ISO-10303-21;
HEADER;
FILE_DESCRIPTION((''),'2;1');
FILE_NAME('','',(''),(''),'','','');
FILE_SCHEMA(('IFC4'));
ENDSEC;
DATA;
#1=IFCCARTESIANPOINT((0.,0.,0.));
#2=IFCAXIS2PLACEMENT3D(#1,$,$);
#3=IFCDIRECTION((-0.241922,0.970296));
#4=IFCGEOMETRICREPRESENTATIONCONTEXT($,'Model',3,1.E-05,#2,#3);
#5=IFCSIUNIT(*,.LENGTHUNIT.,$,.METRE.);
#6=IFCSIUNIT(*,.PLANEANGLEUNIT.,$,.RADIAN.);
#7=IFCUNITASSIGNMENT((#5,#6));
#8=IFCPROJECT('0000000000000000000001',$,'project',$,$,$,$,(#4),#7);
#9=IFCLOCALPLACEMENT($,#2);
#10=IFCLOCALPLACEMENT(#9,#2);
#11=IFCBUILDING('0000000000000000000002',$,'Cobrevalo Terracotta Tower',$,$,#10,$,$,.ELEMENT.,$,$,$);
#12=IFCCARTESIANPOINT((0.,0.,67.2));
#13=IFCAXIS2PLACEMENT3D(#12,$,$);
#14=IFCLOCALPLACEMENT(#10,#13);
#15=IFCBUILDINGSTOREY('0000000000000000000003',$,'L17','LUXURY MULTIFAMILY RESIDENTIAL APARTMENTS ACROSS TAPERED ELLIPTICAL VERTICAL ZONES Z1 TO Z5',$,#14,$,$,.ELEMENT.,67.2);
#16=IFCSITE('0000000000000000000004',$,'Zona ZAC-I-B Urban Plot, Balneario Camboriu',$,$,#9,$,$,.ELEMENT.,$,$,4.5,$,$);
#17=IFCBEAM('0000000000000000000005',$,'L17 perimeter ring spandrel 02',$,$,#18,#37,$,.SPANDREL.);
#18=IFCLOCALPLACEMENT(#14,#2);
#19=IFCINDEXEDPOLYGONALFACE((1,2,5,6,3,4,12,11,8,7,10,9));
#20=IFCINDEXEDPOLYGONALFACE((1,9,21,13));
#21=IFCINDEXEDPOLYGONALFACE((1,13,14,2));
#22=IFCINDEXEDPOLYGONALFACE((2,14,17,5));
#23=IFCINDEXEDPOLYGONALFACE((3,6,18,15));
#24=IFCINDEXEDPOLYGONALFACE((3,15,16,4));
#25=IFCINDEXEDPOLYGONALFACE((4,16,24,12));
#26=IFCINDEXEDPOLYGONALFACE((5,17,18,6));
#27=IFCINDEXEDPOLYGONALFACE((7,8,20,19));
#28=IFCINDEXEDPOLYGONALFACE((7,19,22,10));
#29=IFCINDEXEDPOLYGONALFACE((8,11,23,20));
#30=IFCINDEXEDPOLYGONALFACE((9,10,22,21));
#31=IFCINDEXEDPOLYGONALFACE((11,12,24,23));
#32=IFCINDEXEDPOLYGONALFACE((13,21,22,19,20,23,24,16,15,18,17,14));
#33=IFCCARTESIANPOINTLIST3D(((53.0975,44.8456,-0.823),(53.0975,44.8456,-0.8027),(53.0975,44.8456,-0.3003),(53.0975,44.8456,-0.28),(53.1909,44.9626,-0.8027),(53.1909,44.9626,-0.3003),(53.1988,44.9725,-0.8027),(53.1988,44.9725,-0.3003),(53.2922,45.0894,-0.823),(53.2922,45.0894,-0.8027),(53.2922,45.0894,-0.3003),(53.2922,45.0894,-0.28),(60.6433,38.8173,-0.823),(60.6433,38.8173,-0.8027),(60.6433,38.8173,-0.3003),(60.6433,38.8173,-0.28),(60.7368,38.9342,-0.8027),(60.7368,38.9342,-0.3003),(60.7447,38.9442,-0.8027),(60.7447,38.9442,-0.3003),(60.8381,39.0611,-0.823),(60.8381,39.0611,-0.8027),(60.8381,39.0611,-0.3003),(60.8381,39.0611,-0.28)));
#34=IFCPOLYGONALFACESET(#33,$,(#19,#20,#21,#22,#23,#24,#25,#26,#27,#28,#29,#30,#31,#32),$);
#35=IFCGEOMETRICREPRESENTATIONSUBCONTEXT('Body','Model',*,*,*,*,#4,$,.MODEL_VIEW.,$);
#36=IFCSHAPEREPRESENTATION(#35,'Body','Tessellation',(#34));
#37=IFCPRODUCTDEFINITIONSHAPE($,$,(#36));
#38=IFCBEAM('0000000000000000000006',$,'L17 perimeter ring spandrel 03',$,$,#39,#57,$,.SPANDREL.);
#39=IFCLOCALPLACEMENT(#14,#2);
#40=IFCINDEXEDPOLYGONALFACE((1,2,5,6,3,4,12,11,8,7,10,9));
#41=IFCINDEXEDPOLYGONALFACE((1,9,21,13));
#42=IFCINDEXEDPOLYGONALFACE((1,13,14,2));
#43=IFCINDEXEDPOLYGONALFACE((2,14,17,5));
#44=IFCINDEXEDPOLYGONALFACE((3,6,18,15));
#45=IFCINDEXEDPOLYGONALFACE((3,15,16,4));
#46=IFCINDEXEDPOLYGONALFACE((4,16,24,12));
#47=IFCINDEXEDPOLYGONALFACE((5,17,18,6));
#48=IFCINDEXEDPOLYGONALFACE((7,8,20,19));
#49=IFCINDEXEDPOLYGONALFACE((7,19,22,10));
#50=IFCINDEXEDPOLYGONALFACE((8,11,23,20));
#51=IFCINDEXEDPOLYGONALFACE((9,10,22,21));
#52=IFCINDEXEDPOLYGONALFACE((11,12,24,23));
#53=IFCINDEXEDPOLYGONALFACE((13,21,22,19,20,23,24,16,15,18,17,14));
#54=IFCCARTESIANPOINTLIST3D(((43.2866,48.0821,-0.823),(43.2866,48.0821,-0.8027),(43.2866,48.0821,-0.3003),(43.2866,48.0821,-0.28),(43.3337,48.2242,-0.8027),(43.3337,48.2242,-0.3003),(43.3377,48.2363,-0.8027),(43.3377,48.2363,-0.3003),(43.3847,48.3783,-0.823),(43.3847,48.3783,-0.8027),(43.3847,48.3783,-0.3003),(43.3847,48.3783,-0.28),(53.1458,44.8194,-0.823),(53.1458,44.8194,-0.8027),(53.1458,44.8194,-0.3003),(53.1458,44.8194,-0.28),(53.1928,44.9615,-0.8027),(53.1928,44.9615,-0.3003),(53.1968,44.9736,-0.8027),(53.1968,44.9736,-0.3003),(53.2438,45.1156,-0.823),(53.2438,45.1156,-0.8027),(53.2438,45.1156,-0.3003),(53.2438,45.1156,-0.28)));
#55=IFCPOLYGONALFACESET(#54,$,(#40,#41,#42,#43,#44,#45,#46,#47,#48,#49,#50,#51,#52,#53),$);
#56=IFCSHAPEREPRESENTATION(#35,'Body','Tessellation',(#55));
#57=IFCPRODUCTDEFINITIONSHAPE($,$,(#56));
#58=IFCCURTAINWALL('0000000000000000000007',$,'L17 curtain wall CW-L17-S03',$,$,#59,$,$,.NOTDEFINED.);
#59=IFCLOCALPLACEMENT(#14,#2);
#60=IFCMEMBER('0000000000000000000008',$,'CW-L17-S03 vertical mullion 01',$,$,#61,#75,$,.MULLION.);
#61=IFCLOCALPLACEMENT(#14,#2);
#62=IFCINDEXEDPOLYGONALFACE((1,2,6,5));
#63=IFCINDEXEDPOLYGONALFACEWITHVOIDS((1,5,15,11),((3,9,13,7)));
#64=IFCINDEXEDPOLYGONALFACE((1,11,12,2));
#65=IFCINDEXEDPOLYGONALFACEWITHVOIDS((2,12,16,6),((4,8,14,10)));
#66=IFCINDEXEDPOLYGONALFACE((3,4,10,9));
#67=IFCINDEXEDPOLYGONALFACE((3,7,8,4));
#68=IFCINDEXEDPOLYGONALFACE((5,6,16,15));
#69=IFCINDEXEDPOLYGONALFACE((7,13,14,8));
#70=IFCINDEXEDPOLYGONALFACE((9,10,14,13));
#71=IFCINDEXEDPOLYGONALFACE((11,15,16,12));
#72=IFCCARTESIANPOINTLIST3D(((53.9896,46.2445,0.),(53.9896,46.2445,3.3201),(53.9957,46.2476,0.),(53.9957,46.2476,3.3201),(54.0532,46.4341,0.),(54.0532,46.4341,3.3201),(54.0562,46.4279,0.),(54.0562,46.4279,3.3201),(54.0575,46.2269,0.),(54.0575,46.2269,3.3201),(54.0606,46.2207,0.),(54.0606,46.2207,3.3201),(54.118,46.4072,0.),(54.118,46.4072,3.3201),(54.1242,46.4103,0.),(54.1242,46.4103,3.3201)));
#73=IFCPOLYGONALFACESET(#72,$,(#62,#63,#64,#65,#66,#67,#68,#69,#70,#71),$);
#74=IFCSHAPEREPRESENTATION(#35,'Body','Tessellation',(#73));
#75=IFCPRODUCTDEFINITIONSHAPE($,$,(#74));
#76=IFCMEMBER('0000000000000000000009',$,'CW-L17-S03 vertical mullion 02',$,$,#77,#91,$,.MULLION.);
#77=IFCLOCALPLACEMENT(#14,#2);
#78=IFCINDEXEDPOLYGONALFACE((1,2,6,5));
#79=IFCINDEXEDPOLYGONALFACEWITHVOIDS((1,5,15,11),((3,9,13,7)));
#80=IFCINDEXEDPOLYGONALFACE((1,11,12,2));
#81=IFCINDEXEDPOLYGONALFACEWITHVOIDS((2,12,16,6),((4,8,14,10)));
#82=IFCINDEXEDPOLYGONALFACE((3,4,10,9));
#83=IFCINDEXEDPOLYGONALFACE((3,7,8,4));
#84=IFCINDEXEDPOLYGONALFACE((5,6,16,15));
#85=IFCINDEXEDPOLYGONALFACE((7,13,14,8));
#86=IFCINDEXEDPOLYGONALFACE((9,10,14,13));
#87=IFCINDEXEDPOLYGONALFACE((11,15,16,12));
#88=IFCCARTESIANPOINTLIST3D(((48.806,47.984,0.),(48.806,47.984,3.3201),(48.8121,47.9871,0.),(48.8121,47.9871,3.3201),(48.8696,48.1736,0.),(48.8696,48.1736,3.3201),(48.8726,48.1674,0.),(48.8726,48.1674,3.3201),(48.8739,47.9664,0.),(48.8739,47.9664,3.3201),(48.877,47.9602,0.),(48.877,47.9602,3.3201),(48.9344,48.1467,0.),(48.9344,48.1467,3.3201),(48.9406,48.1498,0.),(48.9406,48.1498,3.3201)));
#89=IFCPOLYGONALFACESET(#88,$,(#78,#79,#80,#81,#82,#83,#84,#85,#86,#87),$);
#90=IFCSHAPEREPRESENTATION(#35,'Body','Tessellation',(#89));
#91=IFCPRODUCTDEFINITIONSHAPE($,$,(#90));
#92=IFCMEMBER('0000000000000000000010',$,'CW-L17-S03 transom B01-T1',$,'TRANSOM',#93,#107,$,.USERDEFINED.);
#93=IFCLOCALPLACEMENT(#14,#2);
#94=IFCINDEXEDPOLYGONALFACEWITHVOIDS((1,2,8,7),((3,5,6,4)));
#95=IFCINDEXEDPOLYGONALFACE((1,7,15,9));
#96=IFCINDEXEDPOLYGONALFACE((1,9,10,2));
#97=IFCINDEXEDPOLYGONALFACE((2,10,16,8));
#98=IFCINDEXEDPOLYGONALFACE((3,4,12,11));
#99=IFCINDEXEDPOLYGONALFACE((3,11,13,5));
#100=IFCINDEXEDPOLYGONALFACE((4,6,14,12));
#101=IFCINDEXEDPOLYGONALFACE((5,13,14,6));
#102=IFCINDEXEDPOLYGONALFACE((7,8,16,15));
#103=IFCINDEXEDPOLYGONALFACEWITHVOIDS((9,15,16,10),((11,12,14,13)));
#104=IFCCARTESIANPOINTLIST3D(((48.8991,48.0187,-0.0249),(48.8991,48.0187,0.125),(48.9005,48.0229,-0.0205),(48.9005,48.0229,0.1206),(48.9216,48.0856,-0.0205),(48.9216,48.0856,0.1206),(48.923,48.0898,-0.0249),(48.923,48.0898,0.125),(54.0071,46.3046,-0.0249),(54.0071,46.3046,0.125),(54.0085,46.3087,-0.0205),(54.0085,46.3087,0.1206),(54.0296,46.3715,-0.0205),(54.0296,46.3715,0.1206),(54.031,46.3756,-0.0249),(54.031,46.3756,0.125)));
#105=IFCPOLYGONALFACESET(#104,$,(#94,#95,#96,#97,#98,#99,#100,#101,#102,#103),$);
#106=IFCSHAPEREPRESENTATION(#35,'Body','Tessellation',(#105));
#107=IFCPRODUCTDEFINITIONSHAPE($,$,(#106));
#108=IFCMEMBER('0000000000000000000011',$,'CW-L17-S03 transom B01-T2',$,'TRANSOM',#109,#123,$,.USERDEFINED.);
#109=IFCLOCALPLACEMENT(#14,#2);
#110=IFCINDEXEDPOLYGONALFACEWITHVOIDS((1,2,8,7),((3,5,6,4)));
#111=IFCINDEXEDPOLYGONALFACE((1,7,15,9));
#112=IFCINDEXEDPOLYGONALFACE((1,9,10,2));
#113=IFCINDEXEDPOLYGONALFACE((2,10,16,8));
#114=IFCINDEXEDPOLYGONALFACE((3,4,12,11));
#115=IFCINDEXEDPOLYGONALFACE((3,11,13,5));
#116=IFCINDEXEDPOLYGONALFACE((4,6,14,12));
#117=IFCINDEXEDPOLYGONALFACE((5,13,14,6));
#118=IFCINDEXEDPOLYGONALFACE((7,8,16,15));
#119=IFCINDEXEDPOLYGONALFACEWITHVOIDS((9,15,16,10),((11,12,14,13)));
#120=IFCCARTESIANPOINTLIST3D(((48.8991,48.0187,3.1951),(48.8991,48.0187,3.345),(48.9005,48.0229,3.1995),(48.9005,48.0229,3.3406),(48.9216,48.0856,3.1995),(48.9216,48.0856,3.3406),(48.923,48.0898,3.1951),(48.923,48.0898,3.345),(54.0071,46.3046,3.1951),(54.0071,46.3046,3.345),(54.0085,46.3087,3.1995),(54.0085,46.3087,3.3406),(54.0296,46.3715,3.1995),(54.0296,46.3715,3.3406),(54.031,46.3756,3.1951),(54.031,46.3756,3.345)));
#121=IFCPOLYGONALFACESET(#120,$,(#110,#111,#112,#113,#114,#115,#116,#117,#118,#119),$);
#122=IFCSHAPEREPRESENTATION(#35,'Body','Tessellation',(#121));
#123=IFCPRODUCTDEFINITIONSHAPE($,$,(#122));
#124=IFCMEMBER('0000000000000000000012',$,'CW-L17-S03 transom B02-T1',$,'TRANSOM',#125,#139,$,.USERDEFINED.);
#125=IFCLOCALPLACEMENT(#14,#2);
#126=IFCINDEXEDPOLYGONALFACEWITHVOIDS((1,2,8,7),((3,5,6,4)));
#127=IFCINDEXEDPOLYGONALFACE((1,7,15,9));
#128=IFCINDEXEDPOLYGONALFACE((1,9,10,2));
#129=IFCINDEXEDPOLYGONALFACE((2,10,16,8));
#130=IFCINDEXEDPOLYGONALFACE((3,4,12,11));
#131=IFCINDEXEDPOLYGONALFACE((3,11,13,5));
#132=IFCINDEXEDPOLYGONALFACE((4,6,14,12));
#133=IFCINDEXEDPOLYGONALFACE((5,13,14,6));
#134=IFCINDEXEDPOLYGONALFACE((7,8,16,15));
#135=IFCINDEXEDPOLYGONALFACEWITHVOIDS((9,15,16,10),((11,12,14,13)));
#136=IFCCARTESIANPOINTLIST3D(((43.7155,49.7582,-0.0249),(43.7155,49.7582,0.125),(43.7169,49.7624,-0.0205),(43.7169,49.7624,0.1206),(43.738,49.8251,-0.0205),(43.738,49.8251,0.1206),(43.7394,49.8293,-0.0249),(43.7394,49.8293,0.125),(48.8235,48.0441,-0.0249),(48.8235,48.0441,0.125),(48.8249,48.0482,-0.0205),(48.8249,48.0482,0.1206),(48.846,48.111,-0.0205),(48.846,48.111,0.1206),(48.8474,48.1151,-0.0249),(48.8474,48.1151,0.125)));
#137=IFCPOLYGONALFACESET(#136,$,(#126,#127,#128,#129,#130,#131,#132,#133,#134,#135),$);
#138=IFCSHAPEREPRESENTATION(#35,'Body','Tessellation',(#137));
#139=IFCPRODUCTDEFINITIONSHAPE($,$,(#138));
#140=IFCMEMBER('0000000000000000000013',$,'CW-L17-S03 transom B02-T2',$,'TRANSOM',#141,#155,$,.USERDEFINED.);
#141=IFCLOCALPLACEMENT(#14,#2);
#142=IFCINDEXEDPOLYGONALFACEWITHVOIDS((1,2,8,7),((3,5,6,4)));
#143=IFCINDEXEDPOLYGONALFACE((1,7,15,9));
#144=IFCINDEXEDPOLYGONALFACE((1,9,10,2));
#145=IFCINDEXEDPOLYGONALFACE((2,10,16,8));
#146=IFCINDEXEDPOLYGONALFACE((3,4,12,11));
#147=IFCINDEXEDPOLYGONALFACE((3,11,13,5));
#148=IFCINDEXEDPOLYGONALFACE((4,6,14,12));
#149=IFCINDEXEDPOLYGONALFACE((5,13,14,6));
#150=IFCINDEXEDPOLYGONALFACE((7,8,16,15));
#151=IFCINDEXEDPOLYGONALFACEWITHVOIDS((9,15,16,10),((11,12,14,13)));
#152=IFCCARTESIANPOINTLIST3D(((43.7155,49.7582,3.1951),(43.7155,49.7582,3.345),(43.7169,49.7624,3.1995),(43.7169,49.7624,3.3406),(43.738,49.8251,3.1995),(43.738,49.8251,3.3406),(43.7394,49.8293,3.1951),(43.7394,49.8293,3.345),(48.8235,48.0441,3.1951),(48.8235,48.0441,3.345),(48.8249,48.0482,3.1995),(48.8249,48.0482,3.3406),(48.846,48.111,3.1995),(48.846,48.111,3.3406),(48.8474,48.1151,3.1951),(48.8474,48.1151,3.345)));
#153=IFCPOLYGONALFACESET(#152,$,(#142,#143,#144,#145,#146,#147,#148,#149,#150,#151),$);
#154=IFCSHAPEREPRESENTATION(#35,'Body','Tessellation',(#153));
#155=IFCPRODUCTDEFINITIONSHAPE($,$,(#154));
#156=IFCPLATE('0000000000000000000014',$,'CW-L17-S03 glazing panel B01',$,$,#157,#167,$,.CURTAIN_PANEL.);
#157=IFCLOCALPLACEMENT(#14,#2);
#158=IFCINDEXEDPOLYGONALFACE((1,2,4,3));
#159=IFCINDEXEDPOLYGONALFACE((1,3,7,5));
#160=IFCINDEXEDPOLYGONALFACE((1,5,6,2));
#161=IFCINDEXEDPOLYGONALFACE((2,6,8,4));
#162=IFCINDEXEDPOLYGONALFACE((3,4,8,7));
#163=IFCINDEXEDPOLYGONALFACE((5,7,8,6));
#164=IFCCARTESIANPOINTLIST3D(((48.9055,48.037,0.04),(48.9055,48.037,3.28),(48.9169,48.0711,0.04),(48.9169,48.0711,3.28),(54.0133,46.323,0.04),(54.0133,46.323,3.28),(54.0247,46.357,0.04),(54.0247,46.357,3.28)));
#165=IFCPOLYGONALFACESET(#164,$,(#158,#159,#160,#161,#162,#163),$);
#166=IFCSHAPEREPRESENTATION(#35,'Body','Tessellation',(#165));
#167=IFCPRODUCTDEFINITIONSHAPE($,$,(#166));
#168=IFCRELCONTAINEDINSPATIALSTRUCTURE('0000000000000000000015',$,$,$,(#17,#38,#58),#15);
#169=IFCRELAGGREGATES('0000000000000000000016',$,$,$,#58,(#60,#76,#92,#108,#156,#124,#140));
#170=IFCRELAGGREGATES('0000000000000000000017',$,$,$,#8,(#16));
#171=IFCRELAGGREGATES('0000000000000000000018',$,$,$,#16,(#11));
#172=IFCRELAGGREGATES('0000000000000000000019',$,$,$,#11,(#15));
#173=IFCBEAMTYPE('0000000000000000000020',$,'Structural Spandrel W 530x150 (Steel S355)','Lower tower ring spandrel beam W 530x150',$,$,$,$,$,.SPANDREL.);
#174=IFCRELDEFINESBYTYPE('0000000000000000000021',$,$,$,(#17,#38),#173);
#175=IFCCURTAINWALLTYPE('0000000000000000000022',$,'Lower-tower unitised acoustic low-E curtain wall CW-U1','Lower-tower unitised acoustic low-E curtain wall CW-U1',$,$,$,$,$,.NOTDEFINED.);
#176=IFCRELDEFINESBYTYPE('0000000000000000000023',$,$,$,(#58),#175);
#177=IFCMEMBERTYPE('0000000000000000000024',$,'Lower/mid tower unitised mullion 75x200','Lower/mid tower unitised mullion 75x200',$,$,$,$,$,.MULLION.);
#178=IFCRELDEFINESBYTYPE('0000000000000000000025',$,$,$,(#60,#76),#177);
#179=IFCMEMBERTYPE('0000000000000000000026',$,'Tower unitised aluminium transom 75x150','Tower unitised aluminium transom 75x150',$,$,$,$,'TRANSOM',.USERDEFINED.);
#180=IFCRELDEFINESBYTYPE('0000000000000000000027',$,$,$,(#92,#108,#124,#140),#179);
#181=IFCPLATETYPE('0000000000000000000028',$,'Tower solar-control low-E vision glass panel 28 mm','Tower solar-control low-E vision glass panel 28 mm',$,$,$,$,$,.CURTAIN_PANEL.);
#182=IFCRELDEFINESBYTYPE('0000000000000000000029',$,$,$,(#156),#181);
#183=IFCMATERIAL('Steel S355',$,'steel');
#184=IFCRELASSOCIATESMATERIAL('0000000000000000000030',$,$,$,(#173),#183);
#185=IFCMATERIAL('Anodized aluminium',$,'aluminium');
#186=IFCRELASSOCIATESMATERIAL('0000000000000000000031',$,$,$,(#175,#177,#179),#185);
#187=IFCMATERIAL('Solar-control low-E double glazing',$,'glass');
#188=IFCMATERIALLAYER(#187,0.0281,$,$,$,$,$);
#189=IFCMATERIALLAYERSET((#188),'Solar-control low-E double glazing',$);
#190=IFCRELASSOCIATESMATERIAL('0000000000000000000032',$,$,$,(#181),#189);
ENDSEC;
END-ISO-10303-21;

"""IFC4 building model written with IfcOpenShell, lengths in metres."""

from ifc_helpers import new_model, si_unit, direction, frame, origin, origin_2d, place, context, subcontext, project, spatial, rectangle, hollow_rectangle, i_section, extrude, source, transform, mapped, material, layer, layer_set, material_profile, profile_set, type_object, element, aggregate, save


model = new_model("IFC4")

# Units and contexts
model_context = context("Model", 3, precision=1e-05, world=origin(), true_north=direction((-0.241922, 0.970296)))
body_context = subcontext(model_context, "Body", "Model", "MODEL_VIEW")
ifc_project = project(units=[si_unit("LENGTHUNIT", "METRE"), si_unit("PLANEANGLEUNIT", "RADIAN")], contexts=[model_context])

# Site, building, storey
site_placement = place(None, origin())
site = spatial("IfcSite", under=ifc_project, at=site_placement, Name="Zona ZAC-I-B Urban Plot, Balneario Camboriu", CompositionType="ELEMENT", RefElevation=4.5)
building_placement = place(site_placement, origin())
building = spatial("IfcBuilding", under=site, at=building_placement, Name="Cobrevalo Terracotta Tower", CompositionType="ELEMENT")
storey_placement = place(building_placement, frame((0.0, 0.0, 67.2)))
storey = spatial("IfcBuildingStorey", under=building, at=storey_placement, Name="L17", Description="LUXURY MULTIFAMILY RESIDENTIAL APARTMENTS ACROSS TAPERED ELLIPTICAL VERTICAL ZONES Z1 TO Z5", CompositionType="ELEMENT", Elevation=67.2)

# Shared definitions
ifc_material_1 = material(Name="Steel S355", Category="steel")

# Beams
ifc_material_profile_1 = material_profile(ifc_material_1, i_section(OverallWidth=0.312, OverallDepth=0.543, WebThickness=0.0127, FlangeThickness=0.0203, at=origin_2d()), Name="W 530x150")
ifc_profile_set_1 = profile_set([ifc_material_profile_1], Name="Steel S355")
beam_type_1 = type_object("IfcBeamType", Name="Structural Spandrel W 530x150 (Steel S355)", Description="Lower tower ring spandrel beam W 530x150", PredefinedType="SPANDREL", material=ifc_profile_set_1)
beam_1_placement = place(storey_placement, frame((60.7407, 38.9392, -0.5515), z_axis=(-0.781293, 0.624165, 0.0), x_axis=(-0.624165, -0.781293, 0.0)))
element("IfcBeam", 1, at=beam_1_placement, inside=storey, type_object=beam_type_1, Name="L17 perimeter ring spandrel 02", PredefinedType="SPANDREL", context=body_context, shape_type="SweptSolid", body=[
    extrude(i_section(OverallWidth=0.312, OverallDepth=0.543, WebThickness=0.0127, FlangeThickness=0.0203, at=origin_2d()), origin(), (0.0, 0.0, 1.0), 9.6582),
])
beam_2_placement = place(storey_placement, frame((53.1948, 44.9675, -0.5515), z_axis=(-0.949365, 0.314175, 0.0), x_axis=(-0.314175, -0.949365, 0.0)))
element("IfcBeam", 2, at=beam_2_placement, inside=storey, type_object=beam_type_1, Name="L17 perimeter ring spandrel 03", PredefinedType="SPANDREL", context=body_context, shape_type="SweptSolid", body=[
    extrude(i_section(OverallWidth=0.312, OverallDepth=0.543, WebThickness=0.0127, FlangeThickness=0.0203, at=origin_2d()), origin(), (0.0, 0.0, 1.0), 10.385),
])

# Curtain wall, members, plate
ifc_material_2 = material(Name="Anodized aluminium", Category="aluminium")
curtain_wall_type = type_object("IfcCurtainWallType", Name="Lower-tower unitised acoustic low-E curtain wall CW-U1", Description="Lower-tower unitised acoustic low-E curtain wall CW-U1", PredefinedType="NOTDEFINED", material=ifc_material_2)
curtain_wall_placement = place(storey_placement, origin())
curtain_wall = element("IfcCurtainWall", 3, at=curtain_wall_placement, inside=storey, type_object=curtain_wall_type, Name="L17 curtain wall CW-L17-S03", PredefinedType="NOTDEFINED")
ifc_material_profile_2 = material_profile(ifc_material_2, hollow_rectangle(XDim=0.075, YDim=0.2, WallThickness=0.0049, at=origin_2d()), Name="CWM 75x200")
ifc_profile_set_2 = profile_set([ifc_material_profile_2], Name="Anodized aluminium")
member_type_1 = type_object("IfcMemberType", Name="Lower/mid tower unitised mullion 75x200", Description="Lower/mid tower unitised mullion 75x200", PredefinedType="MULLION", material=ifc_profile_set_2)
shared_shape_1 = source(origin(), body_context, "Body", "SweptSolid", [
    extrude(hollow_rectangle(XDim=0.075, YDim=0.2, WallThickness=0.0049, at=origin_2d()), origin(), (0.0, 0.0, 1.0), 3.3201),
])
member_1_placement = place(storey_placement, frame((54.0569, 46.3274, 0.0), z_axis=(0.0, 0.0, 1.0), x_axis=(-0.948046, 0.318132, 0.0)))
member_1 = element("IfcMember", 4, at=member_1_placement, type_object=member_type_1, Name="CW-L17-S03 vertical mullion 01", PredefinedType="MULLION", context=body_context, shape_type="MappedRepresentation", body=[
    mapped(shared_shape_1, transform((0.0, 0.0, 0.0), scale=1.0)),
])
member_2_placement = place(storey_placement, frame((48.8733, 48.0669, 0.0), z_axis=(0.0, 0.0, 1.0), x_axis=(-0.948046, 0.318132, 0.0)))
member_2 = element("IfcMember", 5, at=member_2_placement, type_object=member_type_1, Name="CW-L17-S03 vertical mullion 02", PredefinedType="MULLION", context=body_context, shape_type="MappedRepresentation", body=[
    mapped(shared_shape_1, transform((0.0, 0.0, 0.0), scale=1.0)),
])
ifc_material_profile_3 = material_profile(ifc_material_2, hollow_rectangle(XDim=0.075, YDim=0.1499, WallThickness=0.0044, at=origin_2d()), Name="CWT 75x150")
ifc_profile_set_3 = profile_set([ifc_material_profile_3], Name="Anodized aluminium")
member_type_2 = type_object("IfcMemberType", Name="Tower unitised aluminium transom 75x150", Description="Tower unitised aluminium transom 75x150", ElementType="TRANSOM", PredefinedType="USERDEFINED", material=ifc_profile_set_3)
shared_shape_2 = source(origin(), body_context, "Body", "SweptSolid", [
    extrude(hollow_rectangle(XDim=0.075, YDim=0.1499, WallThickness=0.0044, at=origin_2d()), origin(), (0.0, 0.0, 1.0), 5.3879),
])
member_3_placement = place(storey_placement, frame((54.019, 46.3401, 0.05), z_axis=(-0.948042, 0.318144, 0.0), x_axis=(-0.318144, -0.948042, 0.0)))
member_3 = element("IfcMember", 6, at=member_3_placement, type_object=member_type_2, Name="CW-L17-S03 transom B01-T1", ObjectType="TRANSOM", PredefinedType="USERDEFINED", context=body_context, shape_type="MappedRepresentation", body=[
    mapped(shared_shape_2, transform((0.0, 0.0, 0.0), scale=1.0)),
])
member_4_placement = place(storey_placement, frame((54.019, 46.3401, 3.27), z_axis=(-0.948042, 0.318144, 0.0), x_axis=(-0.318144, -0.948042, 0.0)))
member_4 = element("IfcMember", 7, at=member_4_placement, type_object=member_type_2, Name="CW-L17-S03 transom B01-T2", ObjectType="TRANSOM", PredefinedType="USERDEFINED", context=body_context, shape_type="MappedRepresentation", body=[
    mapped(shared_shape_2, transform((0.0, 0.0, 0.0), scale=1.0)),
])
member_5_placement = place(storey_placement, frame((48.8354, 48.0796, 0.05), z_axis=(-0.948042, 0.318144, 0.0), x_axis=(-0.318144, -0.948042, 0.0)))
member_5 = element("IfcMember", 8, at=member_5_placement, type_object=member_type_2, Name="CW-L17-S03 transom B02-T1", ObjectType="TRANSOM", PredefinedType="USERDEFINED", context=body_context, shape_type="MappedRepresentation", body=[
    mapped(shared_shape_2, transform((0.0, 0.0, 0.0), scale=1.0)),
])
member_6_placement = place(storey_placement, frame((48.8354, 48.0796, 3.27), z_axis=(-0.948042, 0.318144, 0.0), x_axis=(-0.318144, -0.948042, 0.0)))
member_6 = element("IfcMember", 9, at=member_6_placement, type_object=member_type_2, Name="CW-L17-S03 transom B02-T2", ObjectType="TRANSOM", PredefinedType="USERDEFINED", context=body_context, shape_type="MappedRepresentation", body=[
    mapped(shared_shape_2, transform((0.0, 0.0, 0.0), scale=1.0)),
])
ifc_material_3 = material(Name="Solar-control low-E double glazing", Category="glass")
ifc_layer_1 = layer(ifc_material_3, 0.0281)
ifc_layer_set_1 = layer_set([ifc_layer_1], Name="Solar-control low-E double glazing")
plate_type = type_object("IfcPlateType", Name="Tower solar-control low-E vision glass panel 28 mm", Description="Tower solar-control low-E vision glass panel 28 mm", PredefinedType="CURTAIN_PANEL", material=ifc_layer_set_1)
shared_shape_3 = source(origin(), body_context, "Body", "SweptSolid", [
    extrude(rectangle(XDim=5.3877, YDim=0.0359, at=origin_2d()), origin(), (0.0, 0.0, 1.0), 3.24),
])
plate_placement = place(storey_placement, frame((51.4651, 47.197, 0.04), z_axis=(0.0, 0.0, 1.0), x_axis=(-0.948044, 0.318139, 0.0)))
plate = element("IfcPlate", 10, at=plate_placement, type_object=plate_type, Name="CW-L17-S03 glazing panel B01", PredefinedType="CURTAIN_PANEL", context=body_context, shape_type="MappedRepresentation", body=[
    mapped(shared_shape_3, transform((0.0, 0.0, 0.0), scale=1.0)),
])
aggregate(curtain_wall, [member_1, member_2, member_3, member_4, plate, member_5, member_6])

save(model, "model.ifc")
